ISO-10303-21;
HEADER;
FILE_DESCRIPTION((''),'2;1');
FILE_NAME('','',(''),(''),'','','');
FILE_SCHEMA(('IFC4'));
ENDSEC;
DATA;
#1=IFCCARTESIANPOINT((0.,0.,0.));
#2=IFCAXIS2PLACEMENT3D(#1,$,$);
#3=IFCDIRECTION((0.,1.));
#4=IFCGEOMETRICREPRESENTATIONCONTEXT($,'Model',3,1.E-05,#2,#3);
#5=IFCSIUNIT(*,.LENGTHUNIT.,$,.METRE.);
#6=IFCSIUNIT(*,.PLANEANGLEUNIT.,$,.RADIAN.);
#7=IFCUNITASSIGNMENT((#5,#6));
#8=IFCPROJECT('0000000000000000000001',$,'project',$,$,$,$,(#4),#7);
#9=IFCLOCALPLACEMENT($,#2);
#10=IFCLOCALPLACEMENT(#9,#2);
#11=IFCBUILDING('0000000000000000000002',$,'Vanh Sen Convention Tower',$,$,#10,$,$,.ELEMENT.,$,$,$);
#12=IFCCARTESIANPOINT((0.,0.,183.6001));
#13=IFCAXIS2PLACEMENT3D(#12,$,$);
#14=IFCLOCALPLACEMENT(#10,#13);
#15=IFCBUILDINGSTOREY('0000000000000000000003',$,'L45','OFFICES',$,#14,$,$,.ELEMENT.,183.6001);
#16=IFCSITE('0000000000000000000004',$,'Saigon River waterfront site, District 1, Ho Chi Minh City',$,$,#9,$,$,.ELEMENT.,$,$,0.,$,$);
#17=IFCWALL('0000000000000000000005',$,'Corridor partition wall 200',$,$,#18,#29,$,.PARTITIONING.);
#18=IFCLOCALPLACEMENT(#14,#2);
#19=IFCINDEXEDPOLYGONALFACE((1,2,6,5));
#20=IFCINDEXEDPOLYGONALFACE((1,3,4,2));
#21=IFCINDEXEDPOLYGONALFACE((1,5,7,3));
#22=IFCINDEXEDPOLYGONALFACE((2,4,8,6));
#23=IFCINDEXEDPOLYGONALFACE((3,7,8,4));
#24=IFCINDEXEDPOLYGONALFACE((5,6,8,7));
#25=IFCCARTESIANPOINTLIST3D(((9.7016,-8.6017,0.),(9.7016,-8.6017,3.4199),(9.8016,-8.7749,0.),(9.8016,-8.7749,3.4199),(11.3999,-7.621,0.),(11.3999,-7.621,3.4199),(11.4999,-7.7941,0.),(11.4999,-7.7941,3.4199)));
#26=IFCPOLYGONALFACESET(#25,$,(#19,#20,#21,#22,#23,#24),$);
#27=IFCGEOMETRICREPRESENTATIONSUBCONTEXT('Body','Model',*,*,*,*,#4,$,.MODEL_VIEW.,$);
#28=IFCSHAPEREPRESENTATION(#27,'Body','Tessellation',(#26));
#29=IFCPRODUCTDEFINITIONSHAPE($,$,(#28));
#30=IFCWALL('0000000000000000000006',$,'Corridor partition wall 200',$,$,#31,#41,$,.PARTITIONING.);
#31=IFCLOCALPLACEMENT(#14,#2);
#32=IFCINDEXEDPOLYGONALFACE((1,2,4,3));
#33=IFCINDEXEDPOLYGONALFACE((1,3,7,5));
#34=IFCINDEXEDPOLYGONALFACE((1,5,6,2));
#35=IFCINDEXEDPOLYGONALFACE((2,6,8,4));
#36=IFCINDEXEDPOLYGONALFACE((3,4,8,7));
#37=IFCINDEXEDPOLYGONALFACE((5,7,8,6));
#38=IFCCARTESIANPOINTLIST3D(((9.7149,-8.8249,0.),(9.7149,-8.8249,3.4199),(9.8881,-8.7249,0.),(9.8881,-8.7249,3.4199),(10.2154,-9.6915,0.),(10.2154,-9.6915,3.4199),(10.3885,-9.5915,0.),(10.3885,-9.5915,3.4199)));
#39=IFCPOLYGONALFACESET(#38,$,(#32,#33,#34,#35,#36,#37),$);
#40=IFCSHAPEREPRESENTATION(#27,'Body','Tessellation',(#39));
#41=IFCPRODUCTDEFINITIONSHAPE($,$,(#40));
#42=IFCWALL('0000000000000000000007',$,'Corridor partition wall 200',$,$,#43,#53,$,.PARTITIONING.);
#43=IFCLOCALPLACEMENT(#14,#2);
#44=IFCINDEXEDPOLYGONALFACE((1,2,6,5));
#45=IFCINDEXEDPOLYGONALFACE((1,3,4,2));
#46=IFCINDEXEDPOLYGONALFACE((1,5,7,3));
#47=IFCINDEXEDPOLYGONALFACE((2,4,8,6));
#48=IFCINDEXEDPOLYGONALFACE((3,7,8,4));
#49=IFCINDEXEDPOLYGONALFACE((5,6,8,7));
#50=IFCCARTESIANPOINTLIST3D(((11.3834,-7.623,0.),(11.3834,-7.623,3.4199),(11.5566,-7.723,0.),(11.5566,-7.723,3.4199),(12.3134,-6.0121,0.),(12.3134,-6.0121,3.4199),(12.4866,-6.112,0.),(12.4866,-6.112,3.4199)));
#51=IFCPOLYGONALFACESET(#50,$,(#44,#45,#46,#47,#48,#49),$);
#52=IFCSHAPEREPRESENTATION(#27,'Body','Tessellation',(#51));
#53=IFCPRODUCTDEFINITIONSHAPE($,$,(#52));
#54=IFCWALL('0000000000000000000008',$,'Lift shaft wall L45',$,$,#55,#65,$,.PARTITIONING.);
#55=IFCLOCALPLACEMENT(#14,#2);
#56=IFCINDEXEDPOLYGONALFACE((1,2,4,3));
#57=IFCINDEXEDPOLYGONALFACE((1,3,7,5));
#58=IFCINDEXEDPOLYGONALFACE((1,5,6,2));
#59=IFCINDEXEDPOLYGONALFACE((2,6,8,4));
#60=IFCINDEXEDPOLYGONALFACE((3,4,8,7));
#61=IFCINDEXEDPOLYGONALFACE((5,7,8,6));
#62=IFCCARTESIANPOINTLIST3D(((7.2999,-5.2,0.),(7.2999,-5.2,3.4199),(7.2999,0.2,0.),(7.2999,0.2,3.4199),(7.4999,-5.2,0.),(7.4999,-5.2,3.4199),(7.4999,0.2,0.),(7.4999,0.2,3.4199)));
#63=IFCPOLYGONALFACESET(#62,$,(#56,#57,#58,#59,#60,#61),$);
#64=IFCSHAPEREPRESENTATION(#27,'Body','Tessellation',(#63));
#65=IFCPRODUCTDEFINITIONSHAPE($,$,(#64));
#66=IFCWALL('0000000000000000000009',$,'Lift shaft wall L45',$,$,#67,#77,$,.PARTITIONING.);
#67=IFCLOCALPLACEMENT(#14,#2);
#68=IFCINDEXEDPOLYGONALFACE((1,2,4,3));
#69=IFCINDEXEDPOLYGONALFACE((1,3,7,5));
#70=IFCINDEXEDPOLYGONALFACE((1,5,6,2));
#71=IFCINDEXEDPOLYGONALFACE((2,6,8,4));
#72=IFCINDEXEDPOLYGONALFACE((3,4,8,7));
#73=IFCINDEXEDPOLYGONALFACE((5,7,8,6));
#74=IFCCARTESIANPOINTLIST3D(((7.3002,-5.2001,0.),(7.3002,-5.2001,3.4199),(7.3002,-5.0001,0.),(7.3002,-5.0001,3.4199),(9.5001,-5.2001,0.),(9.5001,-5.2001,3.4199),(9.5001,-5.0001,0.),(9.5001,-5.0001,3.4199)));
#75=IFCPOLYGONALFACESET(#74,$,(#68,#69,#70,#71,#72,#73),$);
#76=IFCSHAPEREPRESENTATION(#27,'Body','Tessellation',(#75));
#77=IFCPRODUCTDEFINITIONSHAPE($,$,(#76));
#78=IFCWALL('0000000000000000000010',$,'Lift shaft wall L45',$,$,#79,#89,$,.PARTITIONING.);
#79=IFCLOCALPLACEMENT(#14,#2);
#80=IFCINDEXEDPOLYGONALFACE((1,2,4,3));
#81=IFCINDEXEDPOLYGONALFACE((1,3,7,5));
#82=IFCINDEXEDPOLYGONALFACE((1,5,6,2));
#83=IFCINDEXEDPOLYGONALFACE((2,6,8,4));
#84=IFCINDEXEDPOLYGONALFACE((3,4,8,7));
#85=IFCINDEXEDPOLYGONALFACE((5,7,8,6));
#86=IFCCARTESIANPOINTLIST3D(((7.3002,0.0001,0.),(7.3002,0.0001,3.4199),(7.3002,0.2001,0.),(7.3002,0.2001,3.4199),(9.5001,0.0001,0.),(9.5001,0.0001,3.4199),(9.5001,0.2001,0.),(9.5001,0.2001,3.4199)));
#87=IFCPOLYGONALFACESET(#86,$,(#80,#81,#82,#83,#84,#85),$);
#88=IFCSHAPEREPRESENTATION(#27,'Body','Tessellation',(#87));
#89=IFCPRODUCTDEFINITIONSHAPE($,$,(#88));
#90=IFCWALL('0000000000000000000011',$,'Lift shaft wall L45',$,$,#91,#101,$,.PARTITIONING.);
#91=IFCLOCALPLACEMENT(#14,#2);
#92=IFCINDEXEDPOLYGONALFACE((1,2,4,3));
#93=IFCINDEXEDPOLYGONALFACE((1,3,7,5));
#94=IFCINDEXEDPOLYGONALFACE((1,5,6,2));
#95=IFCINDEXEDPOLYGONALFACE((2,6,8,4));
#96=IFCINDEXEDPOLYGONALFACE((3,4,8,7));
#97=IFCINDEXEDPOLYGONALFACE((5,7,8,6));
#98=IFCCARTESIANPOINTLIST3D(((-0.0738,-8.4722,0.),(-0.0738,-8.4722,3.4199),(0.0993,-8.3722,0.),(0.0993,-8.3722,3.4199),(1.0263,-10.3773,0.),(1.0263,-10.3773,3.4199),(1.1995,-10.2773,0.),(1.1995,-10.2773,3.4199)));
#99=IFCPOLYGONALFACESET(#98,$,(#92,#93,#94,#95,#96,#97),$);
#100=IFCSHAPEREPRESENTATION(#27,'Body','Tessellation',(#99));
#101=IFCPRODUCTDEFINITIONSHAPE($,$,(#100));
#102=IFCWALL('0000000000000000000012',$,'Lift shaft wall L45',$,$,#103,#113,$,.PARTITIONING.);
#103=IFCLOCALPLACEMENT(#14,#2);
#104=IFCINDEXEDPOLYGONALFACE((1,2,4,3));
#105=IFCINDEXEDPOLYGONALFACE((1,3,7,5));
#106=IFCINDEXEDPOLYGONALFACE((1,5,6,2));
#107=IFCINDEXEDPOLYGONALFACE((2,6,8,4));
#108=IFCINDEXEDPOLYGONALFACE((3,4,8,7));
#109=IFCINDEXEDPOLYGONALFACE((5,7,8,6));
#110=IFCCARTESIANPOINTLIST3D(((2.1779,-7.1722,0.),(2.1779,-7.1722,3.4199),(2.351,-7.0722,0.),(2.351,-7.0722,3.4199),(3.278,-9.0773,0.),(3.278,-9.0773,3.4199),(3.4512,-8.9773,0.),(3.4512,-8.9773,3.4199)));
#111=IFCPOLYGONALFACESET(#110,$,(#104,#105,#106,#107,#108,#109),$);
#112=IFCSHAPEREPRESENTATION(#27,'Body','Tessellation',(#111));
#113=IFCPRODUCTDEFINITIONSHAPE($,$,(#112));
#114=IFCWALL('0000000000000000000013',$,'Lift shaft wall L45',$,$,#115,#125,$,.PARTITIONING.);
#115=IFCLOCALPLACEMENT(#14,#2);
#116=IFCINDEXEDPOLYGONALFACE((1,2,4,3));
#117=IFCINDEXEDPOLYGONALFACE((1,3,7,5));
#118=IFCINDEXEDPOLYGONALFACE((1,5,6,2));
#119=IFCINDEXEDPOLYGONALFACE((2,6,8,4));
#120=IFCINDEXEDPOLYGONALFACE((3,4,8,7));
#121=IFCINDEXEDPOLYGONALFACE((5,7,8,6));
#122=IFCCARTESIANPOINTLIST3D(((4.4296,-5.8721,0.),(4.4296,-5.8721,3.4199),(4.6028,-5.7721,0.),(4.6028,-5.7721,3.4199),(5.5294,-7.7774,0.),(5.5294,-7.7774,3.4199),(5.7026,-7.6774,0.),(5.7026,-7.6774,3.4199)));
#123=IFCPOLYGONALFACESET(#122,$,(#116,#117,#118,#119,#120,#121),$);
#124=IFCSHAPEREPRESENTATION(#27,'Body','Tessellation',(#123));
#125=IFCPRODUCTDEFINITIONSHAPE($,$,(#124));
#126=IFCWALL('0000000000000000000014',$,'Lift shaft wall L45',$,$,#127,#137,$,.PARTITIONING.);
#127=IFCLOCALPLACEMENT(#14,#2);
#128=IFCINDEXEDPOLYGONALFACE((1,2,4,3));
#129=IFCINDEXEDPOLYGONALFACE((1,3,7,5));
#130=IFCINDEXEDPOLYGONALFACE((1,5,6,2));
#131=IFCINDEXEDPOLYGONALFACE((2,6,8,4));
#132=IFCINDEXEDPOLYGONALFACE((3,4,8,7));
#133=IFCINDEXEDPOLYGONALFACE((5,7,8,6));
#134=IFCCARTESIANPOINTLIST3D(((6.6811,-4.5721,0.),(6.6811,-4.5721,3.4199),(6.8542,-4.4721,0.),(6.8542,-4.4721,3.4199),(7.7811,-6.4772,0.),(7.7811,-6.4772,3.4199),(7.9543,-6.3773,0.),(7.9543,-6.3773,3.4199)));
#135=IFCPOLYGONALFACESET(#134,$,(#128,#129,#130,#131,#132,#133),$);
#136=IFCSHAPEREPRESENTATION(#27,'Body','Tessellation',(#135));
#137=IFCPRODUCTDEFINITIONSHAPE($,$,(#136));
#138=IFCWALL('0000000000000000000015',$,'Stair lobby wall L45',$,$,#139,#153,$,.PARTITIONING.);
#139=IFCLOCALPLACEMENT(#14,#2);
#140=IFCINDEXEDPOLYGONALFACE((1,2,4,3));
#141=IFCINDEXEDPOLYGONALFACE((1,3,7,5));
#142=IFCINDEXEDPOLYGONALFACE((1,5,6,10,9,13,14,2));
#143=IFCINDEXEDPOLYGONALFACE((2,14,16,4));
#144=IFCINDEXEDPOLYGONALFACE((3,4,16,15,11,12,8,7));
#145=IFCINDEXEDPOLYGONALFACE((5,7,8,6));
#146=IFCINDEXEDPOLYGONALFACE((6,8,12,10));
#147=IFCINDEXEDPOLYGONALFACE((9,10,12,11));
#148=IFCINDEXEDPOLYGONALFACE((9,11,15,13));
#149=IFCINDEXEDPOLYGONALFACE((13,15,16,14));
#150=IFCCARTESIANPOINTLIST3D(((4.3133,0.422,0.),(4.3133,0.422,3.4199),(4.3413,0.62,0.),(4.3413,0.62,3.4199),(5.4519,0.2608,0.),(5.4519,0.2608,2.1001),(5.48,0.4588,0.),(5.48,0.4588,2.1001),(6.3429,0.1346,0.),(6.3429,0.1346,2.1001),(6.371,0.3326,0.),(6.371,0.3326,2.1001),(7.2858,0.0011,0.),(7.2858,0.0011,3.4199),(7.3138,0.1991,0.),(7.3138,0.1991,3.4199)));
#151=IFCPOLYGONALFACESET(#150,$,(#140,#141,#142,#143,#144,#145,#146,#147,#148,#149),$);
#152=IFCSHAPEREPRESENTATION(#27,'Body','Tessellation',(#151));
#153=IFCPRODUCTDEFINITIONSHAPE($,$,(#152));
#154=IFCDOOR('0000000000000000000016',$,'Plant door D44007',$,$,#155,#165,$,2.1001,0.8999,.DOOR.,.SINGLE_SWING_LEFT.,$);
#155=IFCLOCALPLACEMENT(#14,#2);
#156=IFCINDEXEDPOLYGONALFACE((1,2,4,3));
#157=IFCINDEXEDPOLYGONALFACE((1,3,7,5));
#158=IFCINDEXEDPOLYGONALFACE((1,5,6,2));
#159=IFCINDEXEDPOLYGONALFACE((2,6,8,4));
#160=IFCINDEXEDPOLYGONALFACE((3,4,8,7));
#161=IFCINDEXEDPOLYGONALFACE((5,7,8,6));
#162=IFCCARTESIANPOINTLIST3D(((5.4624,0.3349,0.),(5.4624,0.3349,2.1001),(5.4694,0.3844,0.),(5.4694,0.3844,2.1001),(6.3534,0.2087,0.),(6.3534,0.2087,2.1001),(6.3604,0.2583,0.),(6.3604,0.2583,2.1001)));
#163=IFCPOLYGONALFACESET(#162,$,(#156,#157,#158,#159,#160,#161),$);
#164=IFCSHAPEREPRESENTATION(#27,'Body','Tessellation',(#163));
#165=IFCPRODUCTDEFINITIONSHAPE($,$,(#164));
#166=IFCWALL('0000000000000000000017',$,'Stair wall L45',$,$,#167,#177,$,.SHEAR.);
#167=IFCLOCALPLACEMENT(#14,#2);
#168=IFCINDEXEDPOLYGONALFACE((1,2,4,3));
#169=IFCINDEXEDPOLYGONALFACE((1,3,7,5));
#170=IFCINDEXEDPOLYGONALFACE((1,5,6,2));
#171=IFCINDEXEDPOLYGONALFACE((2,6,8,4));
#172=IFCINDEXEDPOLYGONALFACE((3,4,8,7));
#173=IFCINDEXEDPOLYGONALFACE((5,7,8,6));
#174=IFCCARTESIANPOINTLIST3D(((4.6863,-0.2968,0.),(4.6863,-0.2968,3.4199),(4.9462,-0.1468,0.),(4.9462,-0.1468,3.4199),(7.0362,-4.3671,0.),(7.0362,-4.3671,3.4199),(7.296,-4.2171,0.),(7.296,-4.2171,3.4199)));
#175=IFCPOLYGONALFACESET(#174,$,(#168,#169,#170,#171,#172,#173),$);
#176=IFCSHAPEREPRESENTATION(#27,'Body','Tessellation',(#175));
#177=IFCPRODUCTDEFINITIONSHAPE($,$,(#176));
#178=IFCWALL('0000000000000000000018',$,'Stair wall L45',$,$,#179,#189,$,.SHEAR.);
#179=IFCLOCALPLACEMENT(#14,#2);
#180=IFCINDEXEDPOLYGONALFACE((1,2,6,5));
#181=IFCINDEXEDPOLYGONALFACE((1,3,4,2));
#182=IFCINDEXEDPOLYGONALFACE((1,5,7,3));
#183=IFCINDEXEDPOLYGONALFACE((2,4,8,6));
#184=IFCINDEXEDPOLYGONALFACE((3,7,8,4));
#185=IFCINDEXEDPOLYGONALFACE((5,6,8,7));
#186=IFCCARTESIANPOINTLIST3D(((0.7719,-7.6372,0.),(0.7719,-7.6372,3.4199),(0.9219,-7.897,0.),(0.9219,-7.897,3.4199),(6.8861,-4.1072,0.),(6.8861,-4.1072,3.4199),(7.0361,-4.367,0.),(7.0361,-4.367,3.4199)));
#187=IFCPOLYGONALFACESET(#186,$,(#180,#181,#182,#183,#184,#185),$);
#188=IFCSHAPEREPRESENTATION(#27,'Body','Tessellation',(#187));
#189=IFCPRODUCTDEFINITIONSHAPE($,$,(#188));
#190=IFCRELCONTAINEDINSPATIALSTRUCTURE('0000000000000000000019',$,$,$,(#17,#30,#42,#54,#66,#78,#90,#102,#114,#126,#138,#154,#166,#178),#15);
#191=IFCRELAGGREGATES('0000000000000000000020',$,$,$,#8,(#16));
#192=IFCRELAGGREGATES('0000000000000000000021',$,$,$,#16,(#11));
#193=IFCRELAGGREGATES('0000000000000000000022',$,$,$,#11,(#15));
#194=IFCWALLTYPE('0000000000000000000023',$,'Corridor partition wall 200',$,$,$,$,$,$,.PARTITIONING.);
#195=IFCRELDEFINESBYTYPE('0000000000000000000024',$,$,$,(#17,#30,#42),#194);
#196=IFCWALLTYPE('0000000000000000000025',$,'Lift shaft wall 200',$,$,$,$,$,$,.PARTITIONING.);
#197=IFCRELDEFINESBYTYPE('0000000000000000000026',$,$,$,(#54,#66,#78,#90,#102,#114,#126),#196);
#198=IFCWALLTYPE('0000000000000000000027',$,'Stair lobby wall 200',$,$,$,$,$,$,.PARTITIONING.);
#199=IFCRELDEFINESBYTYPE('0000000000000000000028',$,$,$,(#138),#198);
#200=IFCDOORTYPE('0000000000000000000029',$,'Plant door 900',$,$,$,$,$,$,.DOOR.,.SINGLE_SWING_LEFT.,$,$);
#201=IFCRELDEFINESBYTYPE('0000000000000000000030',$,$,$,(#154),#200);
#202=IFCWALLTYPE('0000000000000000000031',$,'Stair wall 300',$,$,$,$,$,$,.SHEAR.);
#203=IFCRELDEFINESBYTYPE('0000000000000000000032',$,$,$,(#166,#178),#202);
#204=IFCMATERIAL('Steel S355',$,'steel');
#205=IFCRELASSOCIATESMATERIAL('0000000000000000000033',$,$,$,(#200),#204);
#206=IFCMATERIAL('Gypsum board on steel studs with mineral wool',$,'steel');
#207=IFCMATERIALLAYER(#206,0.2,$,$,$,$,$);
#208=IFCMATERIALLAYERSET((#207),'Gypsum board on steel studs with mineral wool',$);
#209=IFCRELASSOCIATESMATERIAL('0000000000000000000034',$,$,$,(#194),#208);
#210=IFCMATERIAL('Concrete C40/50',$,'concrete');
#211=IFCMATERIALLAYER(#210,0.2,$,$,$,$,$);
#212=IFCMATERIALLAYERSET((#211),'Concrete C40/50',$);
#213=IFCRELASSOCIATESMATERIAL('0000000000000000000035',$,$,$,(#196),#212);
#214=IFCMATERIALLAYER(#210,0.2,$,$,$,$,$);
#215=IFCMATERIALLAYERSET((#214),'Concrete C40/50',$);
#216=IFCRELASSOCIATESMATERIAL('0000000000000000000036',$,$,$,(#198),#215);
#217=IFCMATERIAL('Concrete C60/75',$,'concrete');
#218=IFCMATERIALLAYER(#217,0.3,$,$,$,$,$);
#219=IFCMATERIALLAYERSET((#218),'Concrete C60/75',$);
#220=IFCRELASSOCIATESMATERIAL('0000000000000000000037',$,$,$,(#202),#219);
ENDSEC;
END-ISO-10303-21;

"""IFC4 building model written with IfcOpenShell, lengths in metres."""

from ifc_helpers import new_model, si_unit, direction, frame, frame_2d, origin, place, context, subcontext, project, spatial, rectangle, extrude, material, layer, layer_set, type_object, element, fill, save


model = new_model("IFC4")

# Units and contexts
model_context = context("Model", 3, precision=1e-05, world=origin(), true_north=direction((0.0, 1.0)))
body_context = subcontext(model_context, "Body", "Model", "MODEL_VIEW")
ifc_project = project(units=[si_unit("LENGTHUNIT", "METRE"), si_unit("PLANEANGLEUNIT", "RADIAN")], contexts=[model_context])

# Site, building, storey
site_placement = place(None, origin())
site = spatial("IfcSite", under=ifc_project, at=site_placement, Name="Saigon River waterfront site, District 1, Ho Chi Minh City", CompositionType="ELEMENT", RefElevation=0.0)
building_placement = place(site_placement, origin())
building = spatial("IfcBuilding", under=site, at=building_placement, Name="Vanh Sen Convention Tower", CompositionType="ELEMENT")
storey_placement = place(building_placement, frame((0.0, 0.0, 183.6001)))
storey = spatial("IfcBuildingStorey", under=building, at=storey_placement, Name="L45", Description="OFFICES", CompositionType="ELEMENT", Elevation=183.6001)

# Shared definitions
ifc_material_1 = material(Name="Concrete C40/50", Category="concrete")

# Shared definitions
ifc_material_2 = material(Name="Steel S355", Category="steel")
door_type_1 = type_object("IfcDoorType", Name="Plant door 900", OperationType="SINGLE_SWING_LEFT", PredefinedType="DOOR", material=ifc_material_2)

# Walls
ifc_material_3 = material(Name="Gypsum board on steel studs with mineral wool", Category="steel")
ifc_layer_1 = layer(ifc_material_3, 0.2)
ifc_layer_set_1 = layer_set([ifc_layer_1], Name="Gypsum board on steel studs with mineral wool")
wall_type_1 = type_object("IfcWallType", Name="Corridor partition wall 200", PredefinedType="PARTITIONING", material=ifc_layer_set_1)
wall_1_placement = place(storey_placement, frame((9.7517, -8.6882, 0.0), z_axis=(0.0, 0.0, 1.0), x_axis=(0.865974, 0.500089, 0.0)))
element("IfcWall", 1, at=wall_1_placement, inside=storey, type_object=wall_type_1, Name="Corridor partition wall 200", PredefinedType="PARTITIONING", context=body_context, shape_type="SweptSolid", body=[
    extrude(rectangle(XDim=1.9612, YDim=0.2, at=frame_2d((0.9805, 0.0))), origin(), (0.0, 0.0, 1.0), 3.4199),
])
wall_2_placement = place(storey_placement, frame((10.302, -9.6416, 0.0), z_axis=(0.0, 0.0, 1.0), x_axis=(-0.500074, 0.865982, 0.0)))
element("IfcWall", 2, at=wall_2_placement, inside=storey, type_object=wall_type_1, Name="Corridor partition wall 200", PredefinedType="PARTITIONING", context=body_context, shape_type="SweptSolid", body=[
    extrude(rectangle(XDim=1.0007, YDim=0.2, at=frame_2d((0.5005, 0.0))), origin(), (0.0, 0.0, 1.0), 3.4199),
])
wall_3_placement = place(storey_placement, frame((11.47, -7.6731, 0.0), z_axis=(0.0, 0.0, 1.0), x_axis=(0.499965, 0.866046, 0.0)))
element("IfcWall", 3, at=wall_3_placement, inside=storey, type_object=wall_type_1, Name="Corridor partition wall 200", PredefinedType="PARTITIONING", context=body_context, shape_type="SweptSolid", body=[
    extrude(rectangle(XDim=1.8601, YDim=0.2, at=frame_2d((0.9302, 0.0))), origin(), (0.0, 0.0, 1.0), 3.4199),
])
ifc_layer_2 = layer(ifc_material_1, 0.2)
ifc_layer_set_2 = layer_set([ifc_layer_2], Name="Concrete C40/50")
wall_type_2 = type_object("IfcWallType", Name="Lift shaft wall 200", PredefinedType="PARTITIONING", material=ifc_layer_set_2)
wall_4_placement = place(storey_placement, frame((7.3999, -5.2, 0.0), z_axis=(0.0, 0.0, 1.0), x_axis=(0.0, 1.0, 0.0)))
element("IfcWall", 4, at=wall_4_placement, inside=storey, type_object=wall_type_2, Name="Lift shaft wall L45", PredefinedType="PARTITIONING", context=body_context, shape_type="SweptSolid", body=[
    extrude(rectangle(XDim=5.3999, YDim=0.2, at=frame_2d((2.7, 0.0))), origin(), (0.0, 0.0, 1.0), 3.4199),
])
for number, where, z_axis, x_axis, name in (
    (5, (7.3, -5.1001, 0.0), (0.0, 0.0, 1.0), (1.0, 0.0, 0.0), "Lift shaft wall L45"),
    (6, (7.3, 0.1001, 0.0), (0.0, 0.0, 1.0), (1.0, 0.0, 0.0), "Lift shaft wall L45"),
    (7, (0.0127, -8.4221, 0.0), (0.0, 0.0, 1.0), (0.500078, -0.86598, 0.0), "Lift shaft wall L45"),
    (8, (2.2644, -7.1221, 0.0), (0.0, 0.0, 1.0), (0.500078, -0.86598, 0.0), "Lift shaft wall L45"),
    (9, (4.5161, -5.822, 0.0), (0.0, 0.0, 1.0), (0.499947, -0.866056, 0.0), "Lift shaft wall L45"),
    (10, (6.7676, -4.522, 0.0), (0.0, 0.0, 1.0), (0.50003, -0.866008, 0.0), "Lift shaft wall L45"),
):
    element("IfcWall", number, at=place(storey_placement, frame(where, z_axis=z_axis, x_axis=x_axis)), inside=storey, type_object=wall_type_2, Name=name, PredefinedType="PARTITIONING", context=body_context, shape_type="SweptSolid", body=[
        extrude(rectangle(XDim=2.2, YDim=0.2, at=frame_2d((1.1001, 0.0))), origin(), (0.0, 0.0, 1.0), 3.4199),
    ])

# Wall, opening, door
ifc_layer_3 = layer(ifc_material_1, 0.2)
ifc_layer_set_3 = layer_set([ifc_layer_3], Name="Concrete C40/50")
wall_type_3 = type_object("IfcWallType", Name="Stair lobby wall 200", PredefinedType="PARTITIONING", material=ifc_layer_set_3)
wall_5_placement = place(storey_placement, frame((4.3274, 0.521, 0.0), z_axis=(0.0, 0.0, 1.0), x_axis=(0.990124, -0.140192, 0.0)))
wall_5 = element("IfcWall", 11, at=wall_5_placement, inside=storey, type_object=wall_type_3, Name="Stair lobby wall L45", PredefinedType="PARTITIONING", context=body_context, shape_type="SweptSolid", body=[
    extrude(rectangle(XDim=3.0022, YDim=0.2, at=frame_2d((1.501, 0.0))), origin(), (0.0, 0.0, 1.0), 3.4199),
])
opening_1_placement = place(wall_5_placement, frame((1.1499, 0.0, 0.0)))
opening_1 = element("IfcOpeningElement", 12, at=opening_1_placement, cuts=wall_5, PredefinedType="OPENING", context=body_context, shape_type="SweptSolid", body=[
    extrude(rectangle(XDim=0.8999, YDim=2.1001, at=frame_2d((0.45, 1.05))), frame((0.0, 0.1099, 0.0), z_axis=(0.0, -1.0, 0.0), x_axis=(1.0, 0.0, 0.0)), (0.0, 0.0, 1.0), 0.22),
])
door_1_placement = place(opening_1_placement, origin())
door_1 = element("IfcDoor", 13, at=door_1_placement, inside=storey, type_object=door_type_1, Name="Plant door D44007", OperationType="SINGLE_SWING_LEFT", OverallHeight=2.1001, OverallWidth=0.8999, PredefinedType="DOOR", context=body_context, shape_type="SweptSolid", body=[
    extrude(rectangle(XDim=0.8999, YDim=2.1001, at=frame_2d((0.45, 1.05))), frame((0.0, 0.0249, 0.0), z_axis=(0.0, -1.0, 0.0), x_axis=(1.0, 0.0, 0.0)), (0.0, 0.0, 1.0), 0.05),
])
fill(opening_1, door_1)

# Walls
ifc_material_4 = material(Name="Concrete C60/75", Category="concrete")
ifc_layer_4 = layer(ifc_material_4, 0.3)
ifc_layer_set_4 = layer_set([ifc_layer_4], Name="Concrete C60/75")
wall_type_4 = type_object("IfcWallType", Name="Stair wall 300", PredefinedType="SHEAR", material=ifc_layer_set_4)
wall_6_placement = place(storey_placement, frame((4.8162, -0.2217, 0.0), z_axis=(0.0, 0.0, 1.0), x_axis=(0.499977, -0.866039, 0.0)))
element("IfcWall", 14, at=wall_6_placement, inside=storey, type_object=wall_type_4, Name="Stair wall L45", PredefinedType="SHEAR", context=body_context, shape_type="SweptSolid", body=[
    extrude(rectangle(XDim=4.7, YDim=0.3, at=frame_2d((2.3501, 0.0))), origin(), (0.0, 0.0, 1.0), 3.4199),
])
wall_7_placement = place(storey_placement, frame((0.8469, -7.7671, 0.0), z_axis=(0.0, 0.0, 1.0), x_axis=(0.866028, 0.499996, 0.0)))
element("IfcWall", 15, at=wall_7_placement, inside=storey, type_object=wall_type_4, Name="Stair wall L45", PredefinedType="SHEAR", context=body_context, shape_type="SweptSolid", body=[
    extrude(rectangle(XDim=7.0601, YDim=0.3, at=frame_2d((3.53, 0.0))), origin(), (0.0, 0.0, 1.0), 3.4199),
])

save(model, "model.ifc")
